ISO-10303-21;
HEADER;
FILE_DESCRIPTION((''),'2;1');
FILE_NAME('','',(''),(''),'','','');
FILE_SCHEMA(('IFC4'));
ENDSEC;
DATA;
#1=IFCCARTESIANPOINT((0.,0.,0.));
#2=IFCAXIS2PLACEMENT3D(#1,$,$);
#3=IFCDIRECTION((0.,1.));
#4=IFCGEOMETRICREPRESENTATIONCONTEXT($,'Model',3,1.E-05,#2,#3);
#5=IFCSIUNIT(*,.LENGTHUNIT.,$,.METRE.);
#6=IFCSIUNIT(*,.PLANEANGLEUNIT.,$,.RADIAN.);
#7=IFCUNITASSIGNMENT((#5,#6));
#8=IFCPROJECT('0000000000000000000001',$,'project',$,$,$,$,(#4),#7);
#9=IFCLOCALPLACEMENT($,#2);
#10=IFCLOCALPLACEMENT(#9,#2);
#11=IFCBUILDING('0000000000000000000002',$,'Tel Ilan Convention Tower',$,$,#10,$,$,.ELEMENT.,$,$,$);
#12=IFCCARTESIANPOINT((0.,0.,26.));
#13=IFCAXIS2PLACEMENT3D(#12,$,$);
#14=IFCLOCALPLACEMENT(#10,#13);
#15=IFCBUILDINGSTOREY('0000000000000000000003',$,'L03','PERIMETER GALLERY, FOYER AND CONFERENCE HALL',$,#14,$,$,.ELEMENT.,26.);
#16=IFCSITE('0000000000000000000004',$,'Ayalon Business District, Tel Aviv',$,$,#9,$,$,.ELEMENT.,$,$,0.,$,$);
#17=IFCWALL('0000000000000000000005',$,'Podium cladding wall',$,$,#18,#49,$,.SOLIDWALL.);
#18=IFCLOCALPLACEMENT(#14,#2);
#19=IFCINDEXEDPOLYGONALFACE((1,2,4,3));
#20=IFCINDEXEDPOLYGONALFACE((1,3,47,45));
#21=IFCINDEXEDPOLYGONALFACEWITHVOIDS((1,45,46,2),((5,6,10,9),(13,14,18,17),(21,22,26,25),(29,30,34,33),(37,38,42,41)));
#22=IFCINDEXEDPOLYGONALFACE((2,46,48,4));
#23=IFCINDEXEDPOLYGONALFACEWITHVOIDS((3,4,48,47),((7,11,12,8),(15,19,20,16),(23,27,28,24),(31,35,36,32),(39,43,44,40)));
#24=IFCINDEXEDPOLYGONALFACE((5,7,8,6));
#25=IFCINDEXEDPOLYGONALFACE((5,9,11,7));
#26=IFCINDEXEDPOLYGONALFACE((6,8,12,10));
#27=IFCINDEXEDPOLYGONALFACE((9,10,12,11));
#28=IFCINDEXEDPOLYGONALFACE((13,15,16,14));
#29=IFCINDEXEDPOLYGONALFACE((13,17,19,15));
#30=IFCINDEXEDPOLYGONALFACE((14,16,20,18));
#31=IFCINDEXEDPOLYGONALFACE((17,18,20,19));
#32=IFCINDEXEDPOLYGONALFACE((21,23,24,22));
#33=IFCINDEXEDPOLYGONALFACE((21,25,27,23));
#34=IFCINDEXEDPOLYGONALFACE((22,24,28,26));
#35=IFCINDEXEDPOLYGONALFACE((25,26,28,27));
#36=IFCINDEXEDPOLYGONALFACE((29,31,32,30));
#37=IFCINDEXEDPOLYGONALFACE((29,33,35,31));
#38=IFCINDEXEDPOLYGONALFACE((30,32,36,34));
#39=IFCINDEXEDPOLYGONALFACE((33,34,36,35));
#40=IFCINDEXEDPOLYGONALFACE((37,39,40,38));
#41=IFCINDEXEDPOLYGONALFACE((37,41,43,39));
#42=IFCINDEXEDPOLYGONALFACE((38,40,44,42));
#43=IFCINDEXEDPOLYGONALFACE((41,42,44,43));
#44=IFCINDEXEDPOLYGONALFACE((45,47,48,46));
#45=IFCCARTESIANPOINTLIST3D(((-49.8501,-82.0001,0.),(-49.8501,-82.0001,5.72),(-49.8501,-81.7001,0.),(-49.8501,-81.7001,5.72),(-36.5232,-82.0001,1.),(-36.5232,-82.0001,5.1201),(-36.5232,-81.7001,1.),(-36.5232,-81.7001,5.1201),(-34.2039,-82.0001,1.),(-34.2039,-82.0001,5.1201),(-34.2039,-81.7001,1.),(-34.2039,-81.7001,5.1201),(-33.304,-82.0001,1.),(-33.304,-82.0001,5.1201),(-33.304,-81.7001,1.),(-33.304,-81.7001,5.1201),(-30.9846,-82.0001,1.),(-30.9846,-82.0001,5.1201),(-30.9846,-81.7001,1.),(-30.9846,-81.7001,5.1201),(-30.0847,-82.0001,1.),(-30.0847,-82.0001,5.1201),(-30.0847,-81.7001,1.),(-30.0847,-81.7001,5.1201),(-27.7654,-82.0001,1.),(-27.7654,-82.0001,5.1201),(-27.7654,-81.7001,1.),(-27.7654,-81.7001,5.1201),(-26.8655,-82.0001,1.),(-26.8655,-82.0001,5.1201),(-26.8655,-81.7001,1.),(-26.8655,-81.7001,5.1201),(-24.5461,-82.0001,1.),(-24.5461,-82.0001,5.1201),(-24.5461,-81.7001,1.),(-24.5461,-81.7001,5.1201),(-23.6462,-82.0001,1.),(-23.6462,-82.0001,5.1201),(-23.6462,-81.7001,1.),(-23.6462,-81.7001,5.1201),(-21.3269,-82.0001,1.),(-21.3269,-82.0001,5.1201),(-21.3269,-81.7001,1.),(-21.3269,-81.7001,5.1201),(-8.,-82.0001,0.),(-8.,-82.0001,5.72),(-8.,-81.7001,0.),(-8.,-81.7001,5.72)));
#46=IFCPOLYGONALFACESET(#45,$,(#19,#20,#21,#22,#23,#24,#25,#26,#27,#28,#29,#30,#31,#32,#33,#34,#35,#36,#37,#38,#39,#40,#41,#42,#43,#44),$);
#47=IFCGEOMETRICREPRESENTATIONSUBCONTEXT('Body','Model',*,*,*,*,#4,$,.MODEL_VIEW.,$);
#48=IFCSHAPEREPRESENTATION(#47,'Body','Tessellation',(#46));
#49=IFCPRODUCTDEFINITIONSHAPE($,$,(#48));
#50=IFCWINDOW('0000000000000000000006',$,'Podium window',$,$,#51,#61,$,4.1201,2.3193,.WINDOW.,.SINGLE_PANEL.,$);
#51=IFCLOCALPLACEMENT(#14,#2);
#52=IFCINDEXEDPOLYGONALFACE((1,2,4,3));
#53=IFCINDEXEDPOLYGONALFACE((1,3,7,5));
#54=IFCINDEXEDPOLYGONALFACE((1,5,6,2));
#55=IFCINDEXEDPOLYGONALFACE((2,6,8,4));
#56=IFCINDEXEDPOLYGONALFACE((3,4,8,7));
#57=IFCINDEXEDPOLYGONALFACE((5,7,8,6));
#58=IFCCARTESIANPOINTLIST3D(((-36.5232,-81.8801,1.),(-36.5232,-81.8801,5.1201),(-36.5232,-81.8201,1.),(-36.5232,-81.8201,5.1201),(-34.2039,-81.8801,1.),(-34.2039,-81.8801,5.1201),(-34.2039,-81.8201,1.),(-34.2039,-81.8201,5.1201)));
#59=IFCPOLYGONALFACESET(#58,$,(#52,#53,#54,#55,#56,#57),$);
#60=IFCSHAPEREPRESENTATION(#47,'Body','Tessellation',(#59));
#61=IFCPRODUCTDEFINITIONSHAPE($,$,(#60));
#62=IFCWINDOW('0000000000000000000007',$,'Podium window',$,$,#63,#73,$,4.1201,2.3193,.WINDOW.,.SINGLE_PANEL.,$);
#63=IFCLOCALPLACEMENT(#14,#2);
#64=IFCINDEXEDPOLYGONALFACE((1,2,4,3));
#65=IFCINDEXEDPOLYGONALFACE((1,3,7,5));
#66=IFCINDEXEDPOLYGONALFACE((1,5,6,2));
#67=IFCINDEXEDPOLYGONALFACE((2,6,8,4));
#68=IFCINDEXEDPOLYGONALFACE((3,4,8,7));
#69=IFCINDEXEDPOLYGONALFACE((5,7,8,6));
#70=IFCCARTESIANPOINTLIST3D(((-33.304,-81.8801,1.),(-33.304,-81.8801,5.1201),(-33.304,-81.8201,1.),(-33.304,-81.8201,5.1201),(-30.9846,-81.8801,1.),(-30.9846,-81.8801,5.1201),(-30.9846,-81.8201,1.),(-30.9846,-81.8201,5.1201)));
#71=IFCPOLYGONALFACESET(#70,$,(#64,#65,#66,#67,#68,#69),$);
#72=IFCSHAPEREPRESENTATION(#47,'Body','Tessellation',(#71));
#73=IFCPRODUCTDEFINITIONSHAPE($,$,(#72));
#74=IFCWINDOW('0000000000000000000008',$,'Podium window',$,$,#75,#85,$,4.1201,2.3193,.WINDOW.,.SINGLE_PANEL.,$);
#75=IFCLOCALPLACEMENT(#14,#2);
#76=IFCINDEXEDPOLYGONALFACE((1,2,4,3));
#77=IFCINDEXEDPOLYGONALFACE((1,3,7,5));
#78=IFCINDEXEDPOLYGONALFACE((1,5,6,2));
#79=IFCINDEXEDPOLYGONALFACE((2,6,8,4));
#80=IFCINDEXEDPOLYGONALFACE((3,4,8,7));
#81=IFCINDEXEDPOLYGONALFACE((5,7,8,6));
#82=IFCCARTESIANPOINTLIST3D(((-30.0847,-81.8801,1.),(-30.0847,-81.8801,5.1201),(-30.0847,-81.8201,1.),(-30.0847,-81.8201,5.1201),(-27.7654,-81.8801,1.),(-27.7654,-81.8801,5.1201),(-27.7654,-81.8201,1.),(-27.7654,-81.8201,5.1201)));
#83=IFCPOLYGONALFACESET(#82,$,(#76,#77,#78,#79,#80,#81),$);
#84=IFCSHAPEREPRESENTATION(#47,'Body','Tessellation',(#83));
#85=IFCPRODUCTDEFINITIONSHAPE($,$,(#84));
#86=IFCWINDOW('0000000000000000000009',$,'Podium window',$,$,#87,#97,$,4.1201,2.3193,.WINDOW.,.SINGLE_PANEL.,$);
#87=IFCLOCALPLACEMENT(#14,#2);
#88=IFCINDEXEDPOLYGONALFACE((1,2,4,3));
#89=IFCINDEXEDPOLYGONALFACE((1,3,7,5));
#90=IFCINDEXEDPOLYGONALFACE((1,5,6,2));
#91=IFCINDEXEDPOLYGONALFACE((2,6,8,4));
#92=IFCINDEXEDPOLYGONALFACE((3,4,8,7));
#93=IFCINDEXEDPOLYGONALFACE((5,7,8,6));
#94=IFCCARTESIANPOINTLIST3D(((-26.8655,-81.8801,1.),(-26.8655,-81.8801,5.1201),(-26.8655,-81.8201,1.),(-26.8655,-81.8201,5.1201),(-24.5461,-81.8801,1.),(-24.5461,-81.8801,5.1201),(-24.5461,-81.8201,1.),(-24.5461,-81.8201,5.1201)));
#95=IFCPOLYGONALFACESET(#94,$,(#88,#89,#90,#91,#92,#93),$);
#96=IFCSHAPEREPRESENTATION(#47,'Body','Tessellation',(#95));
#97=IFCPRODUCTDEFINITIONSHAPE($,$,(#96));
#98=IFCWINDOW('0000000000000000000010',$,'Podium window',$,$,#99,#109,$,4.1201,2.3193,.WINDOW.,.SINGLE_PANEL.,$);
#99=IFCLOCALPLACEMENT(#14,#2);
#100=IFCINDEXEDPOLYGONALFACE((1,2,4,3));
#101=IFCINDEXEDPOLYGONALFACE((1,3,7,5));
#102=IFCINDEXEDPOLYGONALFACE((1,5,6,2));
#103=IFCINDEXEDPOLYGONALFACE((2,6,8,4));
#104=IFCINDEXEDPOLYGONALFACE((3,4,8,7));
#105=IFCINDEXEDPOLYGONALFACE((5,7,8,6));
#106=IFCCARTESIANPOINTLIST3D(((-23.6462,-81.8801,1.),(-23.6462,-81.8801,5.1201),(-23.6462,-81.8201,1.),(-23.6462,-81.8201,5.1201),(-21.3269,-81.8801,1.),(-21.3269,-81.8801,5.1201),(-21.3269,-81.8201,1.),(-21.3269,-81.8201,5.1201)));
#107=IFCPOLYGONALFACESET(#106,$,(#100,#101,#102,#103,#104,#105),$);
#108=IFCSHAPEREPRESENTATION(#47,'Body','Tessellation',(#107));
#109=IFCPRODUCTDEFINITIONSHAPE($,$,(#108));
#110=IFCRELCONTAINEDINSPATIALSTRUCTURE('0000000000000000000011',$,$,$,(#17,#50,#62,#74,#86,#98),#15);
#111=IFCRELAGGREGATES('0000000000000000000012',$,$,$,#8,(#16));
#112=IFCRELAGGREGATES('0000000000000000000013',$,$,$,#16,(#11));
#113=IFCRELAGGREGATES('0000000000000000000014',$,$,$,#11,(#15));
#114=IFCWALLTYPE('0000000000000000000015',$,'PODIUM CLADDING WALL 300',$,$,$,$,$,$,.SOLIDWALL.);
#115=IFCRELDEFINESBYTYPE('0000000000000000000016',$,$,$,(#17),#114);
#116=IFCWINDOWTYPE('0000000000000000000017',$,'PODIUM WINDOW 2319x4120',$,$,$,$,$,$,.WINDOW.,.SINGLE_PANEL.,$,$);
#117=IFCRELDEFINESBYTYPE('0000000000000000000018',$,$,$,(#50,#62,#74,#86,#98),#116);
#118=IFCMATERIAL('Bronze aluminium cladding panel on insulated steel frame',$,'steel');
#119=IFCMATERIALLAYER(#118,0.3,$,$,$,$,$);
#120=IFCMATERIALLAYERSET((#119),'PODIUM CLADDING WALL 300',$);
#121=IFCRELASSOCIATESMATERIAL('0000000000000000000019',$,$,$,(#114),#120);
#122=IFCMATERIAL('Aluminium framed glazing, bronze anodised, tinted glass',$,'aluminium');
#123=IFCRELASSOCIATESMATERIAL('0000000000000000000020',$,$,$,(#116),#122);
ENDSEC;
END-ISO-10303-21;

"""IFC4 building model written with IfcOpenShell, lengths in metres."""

from ifc_helpers import new_model, si_unit, direction, frame, frame_2d, origin, place, context, subcontext, project, spatial, rectangle, extrude, material, layer, layer_set, type_object, element, fill, save


model = new_model("IFC4")

# Units and contexts
model_context = context("Model", 3, precision=1e-05, world=origin(), true_north=direction((0.0, 1.0)))
body_context = subcontext(model_context, "Body", "Model", "MODEL_VIEW")
ifc_project = project(units=[si_unit("LENGTHUNIT", "METRE"), si_unit("PLANEANGLEUNIT", "RADIAN")], contexts=[model_context])

# Site, building, storey
site_placement = place(None, origin())
site = spatial("IfcSite", under=ifc_project, at=site_placement, Name="Ayalon Business District, Tel Aviv", CompositionType="ELEMENT", RefElevation=0.0)
building_placement = place(site_placement, origin())
building = spatial("IfcBuilding", under=site, at=building_placement, Name="Tel Ilan Convention Tower", CompositionType="ELEMENT")
storey_placement = place(building_placement, frame((0.0, 0.0, 26.0)))
storey = spatial("IfcBuildingStorey", under=building, at=storey_placement, Name="L03", Description="PERIMETER GALLERY, FOYER AND CONFERENCE HALL", CompositionType="ELEMENT", Elevation=26.0)

# Wall, openings, windows
ifc_material_1 = material(Name="Bronze aluminium cladding panel on insulated steel frame", Category="steel")
ifc_layer = layer(ifc_material_1, 0.3)
ifc_layer_set = layer_set([ifc_layer], Name="PODIUM CLADDING WALL 300")
wall_type = type_object("IfcWallType", Name="PODIUM CLADDING WALL 300", PredefinedType="SOLIDWALL", material=ifc_layer_set)
wall_placement = place(storey_placement, frame((-49.8501, -81.8501, 0.0), z_axis=(0.0, 0.0, 1.0), x_axis=(1.0, 0.0, 0.0)))
wall = element("IfcWall", 1, at=wall_placement, inside=storey, type_object=wall_type, Name="Podium cladding wall", PredefinedType="SOLIDWALL", context=body_context, shape_type="SweptSolid", body=[
    extrude(rectangle(XDim=41.8501, YDim=0.3, at=frame_2d((20.925, 0.0))), origin(), (0.0, 0.0, 1.0), 5.72),
])
opening_1_placement = place(wall_placement, frame((13.3269, 0.0, 1.0)))
opening_1 = element("IfcOpeningElement", 2, at=opening_1_placement, cuts=wall, PredefinedType="OPENING", context=body_context, shape_type="SweptSolid", body=[
    extrude(rectangle(XDim=2.3193, YDim=4.1201, at=frame_2d((1.1597, 2.0601))), frame((0.0, 0.1599, 0.0), z_axis=(0.0, -1.0, 0.0), x_axis=(1.0, 0.0, 0.0)), (0.0, 0.0, 1.0), 0.3201),
])
opening_2_placement = place(wall_placement, frame((16.5461, 0.0, 1.0)))
opening_2 = element("IfcOpeningElement", 3, at=opening_2_placement, cuts=wall, PredefinedType="OPENING", context=body_context, shape_type="SweptSolid", body=[
    extrude(rectangle(XDim=2.3193, YDim=4.1201, at=frame_2d((1.1597, 2.0601))), frame((0.0, 0.1599, 0.0), z_axis=(0.0, -1.0, 0.0), x_axis=(1.0, 0.0, 0.0)), (0.0, 0.0, 1.0), 0.3201),
])
opening_3_placement = place(wall_placement, frame((19.7654, 0.0, 1.0)))
opening_3 = element("IfcOpeningElement", 4, at=opening_3_placement, cuts=wall, PredefinedType="OPENING", context=body_context, shape_type="SweptSolid", body=[
    extrude(rectangle(XDim=2.3193, YDim=4.1201, at=frame_2d((1.1597, 2.0601))), frame((0.0, 0.1599, 0.0), z_axis=(0.0, -1.0, 0.0), x_axis=(1.0, 0.0, 0.0)), (0.0, 0.0, 1.0), 0.3201),
])
opening_4_placement = place(wall_placement, frame((22.9846, 0.0, 1.0)))
opening_4 = element("IfcOpeningElement", 5, at=opening_4_placement, cuts=wall, PredefinedType="OPENING", context=body_context, shape_type="SweptSolid", body=[
    extrude(rectangle(XDim=2.3193, YDim=4.1201, at=frame_2d((1.1597, 2.0601))), frame((0.0, 0.1599, 0.0), z_axis=(0.0, -1.0, 0.0), x_axis=(1.0, 0.0, 0.0)), (0.0, 0.0, 1.0), 0.3201),
])
opening_5_placement = place(wall_placement, frame((26.2039, 0.0, 1.0)))
opening_5 = element("IfcOpeningElement", 6, at=opening_5_placement, cuts=wall, PredefinedType="OPENING", context=body_context, shape_type="SweptSolid", body=[
    extrude(rectangle(XDim=2.3193, YDim=4.1201, at=frame_2d((1.1597, 2.0601))), frame((0.0, 0.1599, 0.0), z_axis=(0.0, -1.0, 0.0), x_axis=(1.0, 0.0, 0.0)), (0.0, 0.0, 1.0), 0.3201),
])
ifc_material_2 = material(Name="Aluminium framed glazing, bronze anodised, tinted glass", Category="aluminium")
window_type = type_object("IfcWindowType", Name="PODIUM WINDOW 2319x4120", PartitioningType="SINGLE_PANEL", PredefinedType="WINDOW", material=ifc_material_2)
window_1_placement = place(opening_1_placement, origin())
window_1 = element("IfcWindow", 7, at=window_1_placement, inside=storey, type_object=window_type, Name="Podium window", OverallHeight=4.1201, OverallWidth=2.3193, PartitioningType="SINGLE_PANEL", PredefinedType="WINDOW", context=body_context, shape_type="SweptSolid", body=[
    extrude(rectangle(XDim=2.3193, YDim=4.1201, at=frame_2d((1.1597, 2.0601))), frame((0.0, 0.03, 0.0), z_axis=(0.0, -1.0, 0.0), x_axis=(1.0, 0.0, 0.0)), (0.0, 0.0, 1.0), 0.0601),
])
fill(opening_1, window_1)
window_2_placement = place(opening_2_placement, origin())
window_2 = element("IfcWindow", 8, at=window_2_placement, inside=storey, type_object=window_type, Name="Podium window", OverallHeight=4.1201, OverallWidth=2.3193, PartitioningType="SINGLE_PANEL", PredefinedType="WINDOW", context=body_context, shape_type="SweptSolid", body=[
    extrude(rectangle(XDim=2.3193, YDim=4.1201, at=frame_2d((1.1597, 2.0601))), frame((0.0, 0.03, 0.0), z_axis=(0.0, -1.0, 0.0), x_axis=(1.0, 0.0, 0.0)), (0.0, 0.0, 1.0), 0.0601),
])
fill(opening_2, window_2)
window_3_placement = place(opening_3_placement, origin())
window_3 = element("IfcWindow", 9, at=window_3_placement, inside=storey, type_object=window_type, Name="Podium window", OverallHeight=4.1201, OverallWidth=2.3193, PartitioningType="SINGLE_PANEL", PredefinedType="WINDOW", context=body_context, shape_type="SweptSolid", body=[
    extrude(rectangle(XDim=2.3193, YDim=4.1201, at=frame_2d((1.1597, 2.0601))), frame((0.0, 0.03, 0.0), z_axis=(0.0, -1.0, 0.0), x_axis=(1.0, 0.0, 0.0)), (0.0, 0.0, 1.0), 0.0601),
])
fill(opening_3, window_3)
window_4_placement = place(opening_4_placement, origin())
window_4 = element("IfcWindow", 10, at=window_4_placement, inside=storey, type_object=window_type, Name="Podium window", OverallHeight=4.1201, OverallWidth=2.3193, PartitioningType="SINGLE_PANEL", PredefinedType="WINDOW", context=body_context, shape_type="SweptSolid", body=[
    extrude(rectangle(XDim=2.3193, YDim=4.1201, at=frame_2d((1.1597, 2.0601))), frame((0.0, 0.03, 0.0), z_axis=(0.0, -1.0, 0.0), x_axis=(1.0, 0.0, 0.0)), (0.0, 0.0, 1.0), 0.0601),
])
fill(opening_4, window_4)
window_5_placement = place(opening_5_placement, origin())
window_5 = element("IfcWindow", 11, at=window_5_placement, inside=storey, type_object=window_type, Name="Podium window", OverallHeight=4.1201, OverallWidth=2.3193, PartitioningType="SINGLE_PANEL", PredefinedType="WINDOW", context=body_context, shape_type="SweptSolid", body=[
    extrude(rectangle(XDim=2.3193, YDim=4.1201, at=frame_2d((1.1597, 2.0601))), frame((0.0, 0.03, 0.0), z_axis=(0.0, -1.0, 0.0), x_axis=(1.0, 0.0, 0.0)), (0.0, 0.0, 1.0), 0.0601),
])
fill(opening_5, window_5)

save(model, "model.ifc")
